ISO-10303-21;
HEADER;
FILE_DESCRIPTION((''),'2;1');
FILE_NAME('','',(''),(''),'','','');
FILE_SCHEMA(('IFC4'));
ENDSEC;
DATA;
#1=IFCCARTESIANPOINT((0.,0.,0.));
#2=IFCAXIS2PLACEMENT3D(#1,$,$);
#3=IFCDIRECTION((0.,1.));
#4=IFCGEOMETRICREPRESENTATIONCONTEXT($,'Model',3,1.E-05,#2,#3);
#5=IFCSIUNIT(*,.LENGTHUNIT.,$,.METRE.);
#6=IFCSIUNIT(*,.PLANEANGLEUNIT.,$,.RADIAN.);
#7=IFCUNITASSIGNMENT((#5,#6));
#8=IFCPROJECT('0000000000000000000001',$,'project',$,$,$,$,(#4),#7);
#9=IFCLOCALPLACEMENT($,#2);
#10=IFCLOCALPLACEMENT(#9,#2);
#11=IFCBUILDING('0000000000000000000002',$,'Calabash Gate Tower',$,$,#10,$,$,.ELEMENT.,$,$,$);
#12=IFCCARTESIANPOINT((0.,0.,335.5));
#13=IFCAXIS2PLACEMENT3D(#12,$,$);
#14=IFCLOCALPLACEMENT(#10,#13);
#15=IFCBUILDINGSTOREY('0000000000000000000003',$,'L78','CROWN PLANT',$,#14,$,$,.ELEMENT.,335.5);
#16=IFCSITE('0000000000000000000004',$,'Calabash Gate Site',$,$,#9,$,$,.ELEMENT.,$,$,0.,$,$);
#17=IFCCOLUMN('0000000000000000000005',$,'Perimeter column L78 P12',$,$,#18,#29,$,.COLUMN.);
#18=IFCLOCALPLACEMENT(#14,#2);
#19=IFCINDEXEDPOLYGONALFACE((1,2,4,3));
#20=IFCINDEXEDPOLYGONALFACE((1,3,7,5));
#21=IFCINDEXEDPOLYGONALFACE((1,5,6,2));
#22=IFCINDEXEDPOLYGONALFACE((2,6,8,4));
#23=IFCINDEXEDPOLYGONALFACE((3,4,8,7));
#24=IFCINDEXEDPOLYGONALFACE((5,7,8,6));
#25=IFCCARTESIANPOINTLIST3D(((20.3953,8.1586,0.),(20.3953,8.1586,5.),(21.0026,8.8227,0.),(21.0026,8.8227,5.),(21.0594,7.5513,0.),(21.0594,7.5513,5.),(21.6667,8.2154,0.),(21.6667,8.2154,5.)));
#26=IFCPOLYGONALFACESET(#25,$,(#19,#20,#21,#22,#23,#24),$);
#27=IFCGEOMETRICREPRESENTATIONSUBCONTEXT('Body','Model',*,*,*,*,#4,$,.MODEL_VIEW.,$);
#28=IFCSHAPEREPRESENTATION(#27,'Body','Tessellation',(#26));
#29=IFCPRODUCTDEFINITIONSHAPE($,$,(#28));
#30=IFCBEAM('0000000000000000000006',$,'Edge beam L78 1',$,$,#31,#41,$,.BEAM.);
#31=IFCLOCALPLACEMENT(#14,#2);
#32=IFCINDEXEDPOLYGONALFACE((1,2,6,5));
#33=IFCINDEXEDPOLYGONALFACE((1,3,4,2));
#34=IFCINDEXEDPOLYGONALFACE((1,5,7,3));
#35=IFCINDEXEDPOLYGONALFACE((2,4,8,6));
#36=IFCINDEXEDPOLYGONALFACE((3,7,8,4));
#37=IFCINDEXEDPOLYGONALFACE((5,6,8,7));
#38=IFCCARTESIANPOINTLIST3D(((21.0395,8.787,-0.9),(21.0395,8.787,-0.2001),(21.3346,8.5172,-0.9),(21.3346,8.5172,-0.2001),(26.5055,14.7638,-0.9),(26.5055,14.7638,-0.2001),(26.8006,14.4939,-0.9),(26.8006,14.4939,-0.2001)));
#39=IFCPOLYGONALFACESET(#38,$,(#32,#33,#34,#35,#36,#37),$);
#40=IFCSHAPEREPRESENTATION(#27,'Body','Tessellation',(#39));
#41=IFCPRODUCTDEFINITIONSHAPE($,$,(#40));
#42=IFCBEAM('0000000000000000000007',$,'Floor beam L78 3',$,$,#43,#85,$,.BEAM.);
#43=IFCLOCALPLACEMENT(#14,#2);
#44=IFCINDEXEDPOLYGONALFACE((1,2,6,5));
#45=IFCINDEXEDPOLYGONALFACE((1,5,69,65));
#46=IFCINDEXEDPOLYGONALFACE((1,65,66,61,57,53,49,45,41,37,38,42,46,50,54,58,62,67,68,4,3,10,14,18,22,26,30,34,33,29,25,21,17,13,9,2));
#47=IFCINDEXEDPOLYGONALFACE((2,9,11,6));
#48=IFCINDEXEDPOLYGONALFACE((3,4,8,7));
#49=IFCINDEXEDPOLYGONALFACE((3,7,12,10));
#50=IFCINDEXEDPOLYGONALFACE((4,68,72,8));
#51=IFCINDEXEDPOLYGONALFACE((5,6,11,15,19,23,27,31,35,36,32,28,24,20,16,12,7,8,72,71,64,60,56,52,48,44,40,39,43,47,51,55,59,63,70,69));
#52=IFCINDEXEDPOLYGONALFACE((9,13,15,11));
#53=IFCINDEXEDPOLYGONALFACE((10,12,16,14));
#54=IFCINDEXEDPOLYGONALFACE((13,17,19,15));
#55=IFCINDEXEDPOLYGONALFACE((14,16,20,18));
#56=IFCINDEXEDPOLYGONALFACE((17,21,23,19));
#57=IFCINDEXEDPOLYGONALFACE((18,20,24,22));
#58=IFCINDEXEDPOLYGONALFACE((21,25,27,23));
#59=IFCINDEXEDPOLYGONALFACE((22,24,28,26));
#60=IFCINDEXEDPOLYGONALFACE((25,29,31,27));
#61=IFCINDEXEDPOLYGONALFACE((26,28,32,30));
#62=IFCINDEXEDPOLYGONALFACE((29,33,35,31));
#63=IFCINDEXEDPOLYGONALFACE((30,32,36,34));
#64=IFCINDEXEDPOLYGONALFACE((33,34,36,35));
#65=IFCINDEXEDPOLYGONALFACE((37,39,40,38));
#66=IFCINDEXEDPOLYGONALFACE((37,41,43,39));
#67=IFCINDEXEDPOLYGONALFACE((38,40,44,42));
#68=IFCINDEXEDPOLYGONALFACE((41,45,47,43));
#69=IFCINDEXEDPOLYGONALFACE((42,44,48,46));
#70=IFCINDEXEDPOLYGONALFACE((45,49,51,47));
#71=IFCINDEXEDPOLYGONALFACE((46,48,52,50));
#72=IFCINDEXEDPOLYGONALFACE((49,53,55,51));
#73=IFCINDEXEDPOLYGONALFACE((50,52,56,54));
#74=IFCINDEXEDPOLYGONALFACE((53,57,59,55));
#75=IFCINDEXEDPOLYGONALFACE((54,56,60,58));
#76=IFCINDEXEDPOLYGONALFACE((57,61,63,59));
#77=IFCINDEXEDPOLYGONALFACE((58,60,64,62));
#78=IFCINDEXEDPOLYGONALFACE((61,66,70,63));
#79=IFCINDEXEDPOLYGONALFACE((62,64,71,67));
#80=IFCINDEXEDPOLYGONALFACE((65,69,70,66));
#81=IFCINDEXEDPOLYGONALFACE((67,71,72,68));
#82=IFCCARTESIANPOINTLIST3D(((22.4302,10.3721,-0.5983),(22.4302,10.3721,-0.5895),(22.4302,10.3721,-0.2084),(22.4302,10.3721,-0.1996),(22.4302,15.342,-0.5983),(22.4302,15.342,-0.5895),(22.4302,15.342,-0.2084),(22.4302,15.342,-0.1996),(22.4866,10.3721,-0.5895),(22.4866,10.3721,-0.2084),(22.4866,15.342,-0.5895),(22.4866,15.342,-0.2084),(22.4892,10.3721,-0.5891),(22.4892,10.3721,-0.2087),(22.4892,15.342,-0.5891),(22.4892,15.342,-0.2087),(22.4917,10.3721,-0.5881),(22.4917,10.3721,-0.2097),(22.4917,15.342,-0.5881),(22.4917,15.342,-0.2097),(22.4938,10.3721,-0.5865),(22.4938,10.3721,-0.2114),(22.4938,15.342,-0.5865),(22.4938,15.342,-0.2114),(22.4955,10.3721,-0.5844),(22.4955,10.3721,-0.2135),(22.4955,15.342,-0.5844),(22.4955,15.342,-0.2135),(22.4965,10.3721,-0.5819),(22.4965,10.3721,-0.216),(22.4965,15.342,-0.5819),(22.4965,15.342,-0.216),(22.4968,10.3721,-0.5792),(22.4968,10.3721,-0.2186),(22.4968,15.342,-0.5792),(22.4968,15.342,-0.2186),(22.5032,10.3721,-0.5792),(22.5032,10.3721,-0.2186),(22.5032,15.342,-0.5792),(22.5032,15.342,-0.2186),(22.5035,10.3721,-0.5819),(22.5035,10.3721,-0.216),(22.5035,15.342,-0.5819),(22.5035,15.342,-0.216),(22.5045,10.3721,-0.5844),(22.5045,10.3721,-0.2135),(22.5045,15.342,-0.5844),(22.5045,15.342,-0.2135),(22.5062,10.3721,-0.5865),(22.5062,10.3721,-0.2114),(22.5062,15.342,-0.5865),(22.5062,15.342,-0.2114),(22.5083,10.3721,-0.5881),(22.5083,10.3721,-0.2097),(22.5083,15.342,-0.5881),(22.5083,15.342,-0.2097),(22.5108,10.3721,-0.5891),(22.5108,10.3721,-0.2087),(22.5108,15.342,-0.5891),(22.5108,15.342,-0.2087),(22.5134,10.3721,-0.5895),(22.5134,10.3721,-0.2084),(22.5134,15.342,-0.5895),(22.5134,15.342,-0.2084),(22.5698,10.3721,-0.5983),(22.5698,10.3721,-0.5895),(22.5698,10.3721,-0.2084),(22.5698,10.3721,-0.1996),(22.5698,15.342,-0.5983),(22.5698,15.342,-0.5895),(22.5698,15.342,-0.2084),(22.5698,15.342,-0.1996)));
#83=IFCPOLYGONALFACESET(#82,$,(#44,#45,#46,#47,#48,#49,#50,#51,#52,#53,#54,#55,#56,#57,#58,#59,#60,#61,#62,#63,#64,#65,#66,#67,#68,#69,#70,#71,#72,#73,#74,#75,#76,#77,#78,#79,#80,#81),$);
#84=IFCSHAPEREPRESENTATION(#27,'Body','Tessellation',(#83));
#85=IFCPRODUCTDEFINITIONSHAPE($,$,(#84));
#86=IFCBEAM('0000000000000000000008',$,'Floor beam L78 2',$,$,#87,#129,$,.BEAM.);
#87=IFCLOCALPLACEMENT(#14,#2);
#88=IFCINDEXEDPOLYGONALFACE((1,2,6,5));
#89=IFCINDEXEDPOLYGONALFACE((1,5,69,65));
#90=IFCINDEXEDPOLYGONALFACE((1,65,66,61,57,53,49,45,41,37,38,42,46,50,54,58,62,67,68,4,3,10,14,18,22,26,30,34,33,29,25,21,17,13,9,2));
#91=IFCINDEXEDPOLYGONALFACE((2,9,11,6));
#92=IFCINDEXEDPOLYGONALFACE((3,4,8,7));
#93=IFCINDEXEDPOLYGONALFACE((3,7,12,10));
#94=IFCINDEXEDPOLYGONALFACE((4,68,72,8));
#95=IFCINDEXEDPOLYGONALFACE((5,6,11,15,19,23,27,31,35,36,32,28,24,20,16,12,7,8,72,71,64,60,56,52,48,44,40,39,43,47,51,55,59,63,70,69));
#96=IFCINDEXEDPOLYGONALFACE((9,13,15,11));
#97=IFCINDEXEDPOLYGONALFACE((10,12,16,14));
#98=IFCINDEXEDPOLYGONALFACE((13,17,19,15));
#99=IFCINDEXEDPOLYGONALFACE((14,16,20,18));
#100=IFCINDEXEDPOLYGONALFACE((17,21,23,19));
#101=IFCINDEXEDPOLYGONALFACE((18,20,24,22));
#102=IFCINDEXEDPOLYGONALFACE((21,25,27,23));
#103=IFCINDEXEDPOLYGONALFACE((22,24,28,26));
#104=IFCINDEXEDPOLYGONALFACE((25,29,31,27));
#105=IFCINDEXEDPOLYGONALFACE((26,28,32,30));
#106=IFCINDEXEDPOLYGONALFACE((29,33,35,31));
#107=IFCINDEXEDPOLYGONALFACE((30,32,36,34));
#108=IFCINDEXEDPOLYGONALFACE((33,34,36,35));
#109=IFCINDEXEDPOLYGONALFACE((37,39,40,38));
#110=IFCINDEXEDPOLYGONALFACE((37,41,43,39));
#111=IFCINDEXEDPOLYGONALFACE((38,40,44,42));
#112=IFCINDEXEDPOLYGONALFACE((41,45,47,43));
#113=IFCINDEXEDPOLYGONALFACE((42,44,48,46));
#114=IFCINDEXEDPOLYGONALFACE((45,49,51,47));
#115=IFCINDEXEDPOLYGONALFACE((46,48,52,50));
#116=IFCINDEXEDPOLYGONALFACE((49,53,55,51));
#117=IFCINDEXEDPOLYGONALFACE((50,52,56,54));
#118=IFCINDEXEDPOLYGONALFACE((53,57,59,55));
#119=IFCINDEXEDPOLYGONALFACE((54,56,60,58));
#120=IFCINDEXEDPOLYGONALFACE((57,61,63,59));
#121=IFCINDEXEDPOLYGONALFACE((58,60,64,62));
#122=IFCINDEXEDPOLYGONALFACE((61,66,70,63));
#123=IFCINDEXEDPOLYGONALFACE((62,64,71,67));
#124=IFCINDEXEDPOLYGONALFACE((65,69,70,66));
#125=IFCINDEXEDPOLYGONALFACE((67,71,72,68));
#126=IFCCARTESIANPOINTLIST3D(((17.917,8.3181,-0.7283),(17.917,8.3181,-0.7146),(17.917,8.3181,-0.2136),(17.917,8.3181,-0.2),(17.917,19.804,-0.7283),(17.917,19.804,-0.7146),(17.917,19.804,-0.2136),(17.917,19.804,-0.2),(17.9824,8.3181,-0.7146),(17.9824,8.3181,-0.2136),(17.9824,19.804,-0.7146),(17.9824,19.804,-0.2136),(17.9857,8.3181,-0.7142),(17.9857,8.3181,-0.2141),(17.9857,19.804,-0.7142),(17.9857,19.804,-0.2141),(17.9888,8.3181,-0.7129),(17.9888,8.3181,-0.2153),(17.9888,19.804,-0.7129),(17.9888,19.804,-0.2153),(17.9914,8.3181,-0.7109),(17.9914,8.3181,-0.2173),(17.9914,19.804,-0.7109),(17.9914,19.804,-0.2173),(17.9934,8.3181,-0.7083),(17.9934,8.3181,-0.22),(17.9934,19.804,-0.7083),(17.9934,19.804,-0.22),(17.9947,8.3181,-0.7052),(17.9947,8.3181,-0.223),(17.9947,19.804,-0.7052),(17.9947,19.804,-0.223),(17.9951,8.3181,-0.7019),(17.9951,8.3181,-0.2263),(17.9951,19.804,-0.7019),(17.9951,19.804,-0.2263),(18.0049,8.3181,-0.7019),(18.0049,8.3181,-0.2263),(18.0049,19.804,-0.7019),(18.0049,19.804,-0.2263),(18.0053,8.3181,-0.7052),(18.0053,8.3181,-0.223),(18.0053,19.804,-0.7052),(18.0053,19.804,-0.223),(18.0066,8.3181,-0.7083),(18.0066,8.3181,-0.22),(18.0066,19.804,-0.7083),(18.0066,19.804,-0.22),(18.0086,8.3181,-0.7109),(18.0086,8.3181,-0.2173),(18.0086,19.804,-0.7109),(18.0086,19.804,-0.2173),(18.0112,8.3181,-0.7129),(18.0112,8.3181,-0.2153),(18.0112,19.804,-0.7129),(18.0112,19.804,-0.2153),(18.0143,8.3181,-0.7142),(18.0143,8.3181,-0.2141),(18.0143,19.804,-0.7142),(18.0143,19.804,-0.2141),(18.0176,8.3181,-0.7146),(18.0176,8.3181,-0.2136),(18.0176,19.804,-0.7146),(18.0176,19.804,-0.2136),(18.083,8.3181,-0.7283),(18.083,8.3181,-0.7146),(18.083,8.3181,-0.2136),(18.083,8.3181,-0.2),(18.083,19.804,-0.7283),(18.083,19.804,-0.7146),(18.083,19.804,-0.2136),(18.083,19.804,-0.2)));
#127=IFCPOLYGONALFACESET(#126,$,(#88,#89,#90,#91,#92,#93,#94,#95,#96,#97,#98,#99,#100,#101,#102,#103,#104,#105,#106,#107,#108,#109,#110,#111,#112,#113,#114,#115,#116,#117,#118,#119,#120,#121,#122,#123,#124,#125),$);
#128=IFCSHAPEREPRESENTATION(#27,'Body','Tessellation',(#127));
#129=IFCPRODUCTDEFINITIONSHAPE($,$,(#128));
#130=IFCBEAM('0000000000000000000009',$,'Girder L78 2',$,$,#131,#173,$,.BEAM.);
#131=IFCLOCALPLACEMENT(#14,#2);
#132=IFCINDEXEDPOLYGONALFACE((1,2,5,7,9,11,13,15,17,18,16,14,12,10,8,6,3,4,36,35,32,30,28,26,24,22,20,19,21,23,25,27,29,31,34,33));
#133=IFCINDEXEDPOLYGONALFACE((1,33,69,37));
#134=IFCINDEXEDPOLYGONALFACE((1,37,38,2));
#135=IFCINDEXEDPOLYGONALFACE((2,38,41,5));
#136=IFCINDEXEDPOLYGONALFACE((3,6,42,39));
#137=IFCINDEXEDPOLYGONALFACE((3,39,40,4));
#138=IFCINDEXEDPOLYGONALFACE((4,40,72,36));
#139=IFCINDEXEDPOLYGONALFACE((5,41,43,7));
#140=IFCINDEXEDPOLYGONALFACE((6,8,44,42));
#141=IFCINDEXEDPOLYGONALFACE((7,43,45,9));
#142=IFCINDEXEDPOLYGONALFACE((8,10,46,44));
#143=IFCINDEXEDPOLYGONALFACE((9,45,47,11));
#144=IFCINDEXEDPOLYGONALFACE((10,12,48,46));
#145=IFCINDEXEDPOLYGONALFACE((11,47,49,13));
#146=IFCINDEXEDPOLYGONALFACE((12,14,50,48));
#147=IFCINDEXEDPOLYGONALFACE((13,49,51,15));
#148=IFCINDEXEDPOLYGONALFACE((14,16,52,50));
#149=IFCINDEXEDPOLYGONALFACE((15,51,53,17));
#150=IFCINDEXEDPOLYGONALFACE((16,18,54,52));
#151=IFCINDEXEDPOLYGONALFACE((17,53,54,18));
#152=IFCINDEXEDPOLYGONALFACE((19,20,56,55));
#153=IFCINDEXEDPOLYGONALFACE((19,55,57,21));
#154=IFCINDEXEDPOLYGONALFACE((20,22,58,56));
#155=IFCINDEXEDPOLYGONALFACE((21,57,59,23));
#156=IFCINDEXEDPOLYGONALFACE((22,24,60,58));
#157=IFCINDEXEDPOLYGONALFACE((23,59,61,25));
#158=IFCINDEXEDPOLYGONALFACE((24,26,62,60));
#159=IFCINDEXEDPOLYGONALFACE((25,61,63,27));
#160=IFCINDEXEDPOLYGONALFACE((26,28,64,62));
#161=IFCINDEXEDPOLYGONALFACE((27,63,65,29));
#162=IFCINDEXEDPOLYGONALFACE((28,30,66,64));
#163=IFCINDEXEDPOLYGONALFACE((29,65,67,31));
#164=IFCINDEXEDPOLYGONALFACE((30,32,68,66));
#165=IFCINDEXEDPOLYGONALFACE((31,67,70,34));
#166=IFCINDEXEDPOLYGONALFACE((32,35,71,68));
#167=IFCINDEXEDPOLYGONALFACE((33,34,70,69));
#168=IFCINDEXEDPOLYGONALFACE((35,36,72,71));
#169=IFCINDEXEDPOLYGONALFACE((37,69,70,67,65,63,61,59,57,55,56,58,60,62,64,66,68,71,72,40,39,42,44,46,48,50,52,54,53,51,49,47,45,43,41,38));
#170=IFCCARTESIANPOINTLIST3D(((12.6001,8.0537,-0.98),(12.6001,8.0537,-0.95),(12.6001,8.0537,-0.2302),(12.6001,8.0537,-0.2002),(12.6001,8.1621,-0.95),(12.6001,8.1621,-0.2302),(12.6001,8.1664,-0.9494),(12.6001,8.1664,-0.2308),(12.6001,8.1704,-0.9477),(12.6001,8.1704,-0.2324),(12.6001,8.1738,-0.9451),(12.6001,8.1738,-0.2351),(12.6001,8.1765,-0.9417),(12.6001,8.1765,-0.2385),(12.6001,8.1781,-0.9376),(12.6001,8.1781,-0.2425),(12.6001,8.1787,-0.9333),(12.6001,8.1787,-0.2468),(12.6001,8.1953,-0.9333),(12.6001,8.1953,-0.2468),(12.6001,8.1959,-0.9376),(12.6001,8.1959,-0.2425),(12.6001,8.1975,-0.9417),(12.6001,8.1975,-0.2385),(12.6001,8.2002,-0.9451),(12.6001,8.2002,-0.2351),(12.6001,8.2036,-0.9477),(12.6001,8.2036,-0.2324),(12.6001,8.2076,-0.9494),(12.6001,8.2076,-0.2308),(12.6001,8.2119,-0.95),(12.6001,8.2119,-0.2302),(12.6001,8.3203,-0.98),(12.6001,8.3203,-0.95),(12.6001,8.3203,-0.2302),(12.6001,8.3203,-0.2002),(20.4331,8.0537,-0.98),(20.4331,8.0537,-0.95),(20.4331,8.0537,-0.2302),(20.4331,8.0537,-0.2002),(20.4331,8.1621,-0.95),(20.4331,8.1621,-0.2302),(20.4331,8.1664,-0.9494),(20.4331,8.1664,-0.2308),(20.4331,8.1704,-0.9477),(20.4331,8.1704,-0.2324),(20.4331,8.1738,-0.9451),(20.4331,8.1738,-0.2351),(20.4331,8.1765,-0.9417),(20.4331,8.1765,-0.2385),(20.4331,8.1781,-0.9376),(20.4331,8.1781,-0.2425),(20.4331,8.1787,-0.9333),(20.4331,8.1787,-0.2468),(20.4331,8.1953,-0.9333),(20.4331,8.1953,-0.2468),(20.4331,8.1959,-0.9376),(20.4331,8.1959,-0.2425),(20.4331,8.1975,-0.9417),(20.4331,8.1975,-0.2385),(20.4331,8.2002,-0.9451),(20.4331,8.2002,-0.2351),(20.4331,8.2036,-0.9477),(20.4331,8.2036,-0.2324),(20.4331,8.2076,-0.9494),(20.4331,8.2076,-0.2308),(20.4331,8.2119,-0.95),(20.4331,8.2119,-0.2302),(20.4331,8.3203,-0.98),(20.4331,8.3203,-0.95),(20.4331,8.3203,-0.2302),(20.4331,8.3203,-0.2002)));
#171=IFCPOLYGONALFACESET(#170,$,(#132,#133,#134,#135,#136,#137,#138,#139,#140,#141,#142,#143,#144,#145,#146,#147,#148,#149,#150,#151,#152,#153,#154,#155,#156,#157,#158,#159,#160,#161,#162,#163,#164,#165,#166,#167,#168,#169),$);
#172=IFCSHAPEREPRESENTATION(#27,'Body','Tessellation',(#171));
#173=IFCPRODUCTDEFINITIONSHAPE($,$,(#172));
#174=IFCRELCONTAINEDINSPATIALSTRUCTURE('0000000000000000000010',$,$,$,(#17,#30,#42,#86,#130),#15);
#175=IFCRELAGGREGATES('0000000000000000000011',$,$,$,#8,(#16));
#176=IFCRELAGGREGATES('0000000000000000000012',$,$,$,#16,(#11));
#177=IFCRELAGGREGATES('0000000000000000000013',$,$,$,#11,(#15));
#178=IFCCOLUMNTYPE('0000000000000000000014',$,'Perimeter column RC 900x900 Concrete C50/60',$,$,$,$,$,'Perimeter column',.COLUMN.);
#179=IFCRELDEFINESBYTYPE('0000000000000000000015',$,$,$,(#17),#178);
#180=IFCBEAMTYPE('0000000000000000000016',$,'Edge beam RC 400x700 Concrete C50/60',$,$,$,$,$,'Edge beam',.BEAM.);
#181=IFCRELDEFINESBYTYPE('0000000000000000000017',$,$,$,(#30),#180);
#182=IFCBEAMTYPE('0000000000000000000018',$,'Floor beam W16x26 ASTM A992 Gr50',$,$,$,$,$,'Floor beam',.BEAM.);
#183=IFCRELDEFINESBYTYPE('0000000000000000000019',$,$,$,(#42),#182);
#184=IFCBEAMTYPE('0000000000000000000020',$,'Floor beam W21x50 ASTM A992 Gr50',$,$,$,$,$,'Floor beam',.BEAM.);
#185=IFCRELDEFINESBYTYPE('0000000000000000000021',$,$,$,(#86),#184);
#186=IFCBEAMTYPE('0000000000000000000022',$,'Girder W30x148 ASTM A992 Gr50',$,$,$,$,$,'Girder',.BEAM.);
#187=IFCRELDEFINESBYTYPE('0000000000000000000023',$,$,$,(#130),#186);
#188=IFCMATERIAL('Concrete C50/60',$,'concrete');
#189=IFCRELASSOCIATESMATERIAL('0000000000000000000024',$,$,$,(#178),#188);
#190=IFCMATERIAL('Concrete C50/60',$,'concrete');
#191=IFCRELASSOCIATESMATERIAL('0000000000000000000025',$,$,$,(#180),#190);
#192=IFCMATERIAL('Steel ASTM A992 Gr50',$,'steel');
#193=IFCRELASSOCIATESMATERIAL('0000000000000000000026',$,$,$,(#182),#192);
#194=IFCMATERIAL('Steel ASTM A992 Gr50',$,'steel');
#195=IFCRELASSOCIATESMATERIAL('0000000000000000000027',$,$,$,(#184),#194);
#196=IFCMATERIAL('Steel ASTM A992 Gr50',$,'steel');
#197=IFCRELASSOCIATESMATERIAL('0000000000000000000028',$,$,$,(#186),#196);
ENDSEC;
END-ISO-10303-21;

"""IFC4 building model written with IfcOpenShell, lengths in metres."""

from ifc_helpers import new_model, si_unit, direction, frame, origin, origin_2d, place, context, subcontext, project, spatial, rectangle, i_section, extrude, material, material_profile, profile_set, type_object, element, save


model = new_model("IFC4")

# Units and contexts
model_context = context("Model", 3, precision=1e-05, world=origin(), true_north=direction((0.0, 1.0)))
body_context = subcontext(model_context, "Body", "Model", "MODEL_VIEW")
ifc_project = project(units=[si_unit("LENGTHUNIT", "METRE"), si_unit("PLANEANGLEUNIT", "RADIAN")], contexts=[model_context])

# Site, building, storey
site_placement = place(None, origin())
site = spatial("IfcSite", under=ifc_project, at=site_placement, Name="Calabash Gate Site", CompositionType="ELEMENT", RefElevation=0.0)
building_placement = place(site_placement, origin())
building = spatial("IfcBuilding", under=site, at=building_placement, Name="Calabash Gate Tower", CompositionType="ELEMENT")
storey_placement = place(building_placement, frame((0.0, 0.0, 335.5)))
storey = spatial("IfcBuildingStorey", under=building, at=storey_placement, Name="L78", Description="CROWN PLANT", CompositionType="ELEMENT", Elevation=335.5)

# Column
ifc_material_1 = material(Name="Concrete C50/60", Category="concrete")
ifc_material_profile_1 = material_profile(ifc_material_1, rectangle(XDim=0.8999, YDim=0.8999, at=origin_2d()))
ifc_profile_set_1 = profile_set([ifc_material_profile_1], Name="Concrete C50/60")
column_type = type_object("IfcColumnType", Name="Perimeter column RC 900x900 Concrete C50/60", ElementType="Perimeter column", PredefinedType="COLUMN", material=ifc_profile_set_1)
column_placement = place(storey_placement, frame((21.031, 8.187, 0.0), z_axis=(0.0, 0.0, 1.0), x_axis=(0.674856, 0.737949, 0.0)))
element("IfcColumn", 1, at=column_placement, inside=storey, type_object=column_type, Name="Perimeter column L78 P12", PredefinedType="COLUMN", context=body_context, shape_type="SweptSolid", body=[
    extrude(rectangle(XDim=0.8999, YDim=0.8999, at=origin_2d()), origin(), (0.0, 0.0, 1.0), 5.0),
])

# Beams
ifc_material_2 = material(Name="Concrete C50/60", Category="concrete")
ifc_material_profile_2 = material_profile(ifc_material_2, rectangle(XDim=0.3999, YDim=0.7, at=origin_2d()))
ifc_profile_set_2 = profile_set([ifc_material_profile_2], Name="Concrete C50/60")
beam_type_1 = type_object("IfcBeamType", Name="Edge beam RC 400x700 Concrete C50/60", ElementType="Edge beam", PredefinedType="BEAM", material=ifc_profile_set_2)
beam_1_placement = place(storey_placement, frame((21.187, 8.6521, -0.55), z_axis=(0.674874, 0.737933, 0.0), x_axis=(-0.737933, 0.674874, 0.0)))
element("IfcBeam", 2, at=beam_1_placement, inside=storey, type_object=beam_type_1, Name="Edge beam L78 1", PredefinedType="BEAM", context=body_context, shape_type="SweptSolid", body=[
    extrude(rectangle(XDim=0.3999, YDim=0.7, at=origin_2d()), origin(), (0.0, 0.0, 1.0), 8.0994),
])
ifc_material_3 = material(Name="Steel ASTM A992 Gr50", Category="steel")
ifc_material_profile_3 = material_profile(ifc_material_3, i_section(OverallWidth=0.1396, OverallDepth=0.3987, WebThickness=0.0063, FlangeThickness=0.0088, FilletRadius=0.0103, at=origin_2d()))
ifc_profile_set_3 = profile_set([ifc_material_profile_3], Name="Steel ASTM A992 Gr50")
beam_type_2 = type_object("IfcBeamType", Name="Floor beam W16x26 ASTM A992 Gr50", ElementType="Floor beam", PredefinedType="BEAM", material=ifc_profile_set_3)
beam_2_placement = place(storey_placement, frame((22.5, 10.3721, -0.3989), z_axis=(0.0, 1.0, 0.0), x_axis=(-1.0, 0.0, 0.0)))
element("IfcBeam", 3, at=beam_2_placement, inside=storey, type_object=beam_type_2, Name="Floor beam L78 3", PredefinedType="BEAM", context=body_context, shape_type="SweptSolid", body=[
    extrude(i_section(OverallWidth=0.1396, OverallDepth=0.3987, WebThickness=0.0063, FlangeThickness=0.0088, FilletRadius=0.0103, at=origin_2d()), origin(), (0.0, 0.0, 1.0), 4.97),
])
ifc_material_4 = material(Name="Steel ASTM A992 Gr50", Category="steel")
ifc_material_profile_4 = material_profile(ifc_material_4, i_section(OverallWidth=0.166, OverallDepth=0.5283, WebThickness=0.0098, FlangeThickness=0.0137, FilletRadius=0.0127, at=origin_2d()))
ifc_profile_set_4 = profile_set([ifc_material_profile_4], Name="Steel ASTM A992 Gr50")
beam_type_3 = type_object("IfcBeamType", Name="Floor beam W21x50 ASTM A992 Gr50", ElementType="Floor beam", PredefinedType="BEAM", material=ifc_profile_set_4)
beam_3_placement = place(storey_placement, frame((18.0, 8.3181, -0.4641), z_axis=(0.0, 1.0, 0.0), x_axis=(-1.0, 0.0, 0.0)))
element("IfcBeam", 4, at=beam_3_placement, inside=storey, type_object=beam_type_3, Name="Floor beam L78 2", PredefinedType="BEAM", context=body_context, shape_type="SweptSolid", body=[
    extrude(i_section(OverallWidth=0.166, OverallDepth=0.5283, WebThickness=0.0098, FlangeThickness=0.0137, FilletRadius=0.0127, at=origin_2d()), origin(), (0.0, 0.0, 1.0), 11.4858),
])
ifc_material_5 = material(Name="Steel ASTM A992 Gr50", Category="steel")
ifc_material_profile_5 = material_profile(ifc_material_5, i_section(OverallWidth=0.2666, OverallDepth=0.7798, WebThickness=0.0166, FlangeThickness=0.03, FilletRadius=0.0166, at=origin_2d()))
ifc_profile_set_5 = profile_set([ifc_material_profile_5], Name="Steel ASTM A992 Gr50")
beam_type_4 = type_object("IfcBeamType", Name="Girder W30x148 ASTM A992 Gr50", ElementType="Girder", PredefinedType="BEAM", material=ifc_profile_set_5)
beam_4_placement = place(storey_placement, frame((20.4331, 8.187, -0.5901), z_axis=(-1.0, 0.0, 0.0), x_axis=(0.0, -1.0, 0.0)))
element("IfcBeam", 5, at=beam_4_placement, inside=storey, type_object=beam_type_4, Name="Girder L78 2", PredefinedType="BEAM", context=body_context, shape_type="SweptSolid", body=[
    extrude(i_section(OverallWidth=0.2666, OverallDepth=0.7798, WebThickness=0.0166, FlangeThickness=0.03, FilletRadius=0.0166, at=origin_2d()), origin(), (0.0, 0.0, 1.0), 7.833),
])

save(model, "model.ifc")
